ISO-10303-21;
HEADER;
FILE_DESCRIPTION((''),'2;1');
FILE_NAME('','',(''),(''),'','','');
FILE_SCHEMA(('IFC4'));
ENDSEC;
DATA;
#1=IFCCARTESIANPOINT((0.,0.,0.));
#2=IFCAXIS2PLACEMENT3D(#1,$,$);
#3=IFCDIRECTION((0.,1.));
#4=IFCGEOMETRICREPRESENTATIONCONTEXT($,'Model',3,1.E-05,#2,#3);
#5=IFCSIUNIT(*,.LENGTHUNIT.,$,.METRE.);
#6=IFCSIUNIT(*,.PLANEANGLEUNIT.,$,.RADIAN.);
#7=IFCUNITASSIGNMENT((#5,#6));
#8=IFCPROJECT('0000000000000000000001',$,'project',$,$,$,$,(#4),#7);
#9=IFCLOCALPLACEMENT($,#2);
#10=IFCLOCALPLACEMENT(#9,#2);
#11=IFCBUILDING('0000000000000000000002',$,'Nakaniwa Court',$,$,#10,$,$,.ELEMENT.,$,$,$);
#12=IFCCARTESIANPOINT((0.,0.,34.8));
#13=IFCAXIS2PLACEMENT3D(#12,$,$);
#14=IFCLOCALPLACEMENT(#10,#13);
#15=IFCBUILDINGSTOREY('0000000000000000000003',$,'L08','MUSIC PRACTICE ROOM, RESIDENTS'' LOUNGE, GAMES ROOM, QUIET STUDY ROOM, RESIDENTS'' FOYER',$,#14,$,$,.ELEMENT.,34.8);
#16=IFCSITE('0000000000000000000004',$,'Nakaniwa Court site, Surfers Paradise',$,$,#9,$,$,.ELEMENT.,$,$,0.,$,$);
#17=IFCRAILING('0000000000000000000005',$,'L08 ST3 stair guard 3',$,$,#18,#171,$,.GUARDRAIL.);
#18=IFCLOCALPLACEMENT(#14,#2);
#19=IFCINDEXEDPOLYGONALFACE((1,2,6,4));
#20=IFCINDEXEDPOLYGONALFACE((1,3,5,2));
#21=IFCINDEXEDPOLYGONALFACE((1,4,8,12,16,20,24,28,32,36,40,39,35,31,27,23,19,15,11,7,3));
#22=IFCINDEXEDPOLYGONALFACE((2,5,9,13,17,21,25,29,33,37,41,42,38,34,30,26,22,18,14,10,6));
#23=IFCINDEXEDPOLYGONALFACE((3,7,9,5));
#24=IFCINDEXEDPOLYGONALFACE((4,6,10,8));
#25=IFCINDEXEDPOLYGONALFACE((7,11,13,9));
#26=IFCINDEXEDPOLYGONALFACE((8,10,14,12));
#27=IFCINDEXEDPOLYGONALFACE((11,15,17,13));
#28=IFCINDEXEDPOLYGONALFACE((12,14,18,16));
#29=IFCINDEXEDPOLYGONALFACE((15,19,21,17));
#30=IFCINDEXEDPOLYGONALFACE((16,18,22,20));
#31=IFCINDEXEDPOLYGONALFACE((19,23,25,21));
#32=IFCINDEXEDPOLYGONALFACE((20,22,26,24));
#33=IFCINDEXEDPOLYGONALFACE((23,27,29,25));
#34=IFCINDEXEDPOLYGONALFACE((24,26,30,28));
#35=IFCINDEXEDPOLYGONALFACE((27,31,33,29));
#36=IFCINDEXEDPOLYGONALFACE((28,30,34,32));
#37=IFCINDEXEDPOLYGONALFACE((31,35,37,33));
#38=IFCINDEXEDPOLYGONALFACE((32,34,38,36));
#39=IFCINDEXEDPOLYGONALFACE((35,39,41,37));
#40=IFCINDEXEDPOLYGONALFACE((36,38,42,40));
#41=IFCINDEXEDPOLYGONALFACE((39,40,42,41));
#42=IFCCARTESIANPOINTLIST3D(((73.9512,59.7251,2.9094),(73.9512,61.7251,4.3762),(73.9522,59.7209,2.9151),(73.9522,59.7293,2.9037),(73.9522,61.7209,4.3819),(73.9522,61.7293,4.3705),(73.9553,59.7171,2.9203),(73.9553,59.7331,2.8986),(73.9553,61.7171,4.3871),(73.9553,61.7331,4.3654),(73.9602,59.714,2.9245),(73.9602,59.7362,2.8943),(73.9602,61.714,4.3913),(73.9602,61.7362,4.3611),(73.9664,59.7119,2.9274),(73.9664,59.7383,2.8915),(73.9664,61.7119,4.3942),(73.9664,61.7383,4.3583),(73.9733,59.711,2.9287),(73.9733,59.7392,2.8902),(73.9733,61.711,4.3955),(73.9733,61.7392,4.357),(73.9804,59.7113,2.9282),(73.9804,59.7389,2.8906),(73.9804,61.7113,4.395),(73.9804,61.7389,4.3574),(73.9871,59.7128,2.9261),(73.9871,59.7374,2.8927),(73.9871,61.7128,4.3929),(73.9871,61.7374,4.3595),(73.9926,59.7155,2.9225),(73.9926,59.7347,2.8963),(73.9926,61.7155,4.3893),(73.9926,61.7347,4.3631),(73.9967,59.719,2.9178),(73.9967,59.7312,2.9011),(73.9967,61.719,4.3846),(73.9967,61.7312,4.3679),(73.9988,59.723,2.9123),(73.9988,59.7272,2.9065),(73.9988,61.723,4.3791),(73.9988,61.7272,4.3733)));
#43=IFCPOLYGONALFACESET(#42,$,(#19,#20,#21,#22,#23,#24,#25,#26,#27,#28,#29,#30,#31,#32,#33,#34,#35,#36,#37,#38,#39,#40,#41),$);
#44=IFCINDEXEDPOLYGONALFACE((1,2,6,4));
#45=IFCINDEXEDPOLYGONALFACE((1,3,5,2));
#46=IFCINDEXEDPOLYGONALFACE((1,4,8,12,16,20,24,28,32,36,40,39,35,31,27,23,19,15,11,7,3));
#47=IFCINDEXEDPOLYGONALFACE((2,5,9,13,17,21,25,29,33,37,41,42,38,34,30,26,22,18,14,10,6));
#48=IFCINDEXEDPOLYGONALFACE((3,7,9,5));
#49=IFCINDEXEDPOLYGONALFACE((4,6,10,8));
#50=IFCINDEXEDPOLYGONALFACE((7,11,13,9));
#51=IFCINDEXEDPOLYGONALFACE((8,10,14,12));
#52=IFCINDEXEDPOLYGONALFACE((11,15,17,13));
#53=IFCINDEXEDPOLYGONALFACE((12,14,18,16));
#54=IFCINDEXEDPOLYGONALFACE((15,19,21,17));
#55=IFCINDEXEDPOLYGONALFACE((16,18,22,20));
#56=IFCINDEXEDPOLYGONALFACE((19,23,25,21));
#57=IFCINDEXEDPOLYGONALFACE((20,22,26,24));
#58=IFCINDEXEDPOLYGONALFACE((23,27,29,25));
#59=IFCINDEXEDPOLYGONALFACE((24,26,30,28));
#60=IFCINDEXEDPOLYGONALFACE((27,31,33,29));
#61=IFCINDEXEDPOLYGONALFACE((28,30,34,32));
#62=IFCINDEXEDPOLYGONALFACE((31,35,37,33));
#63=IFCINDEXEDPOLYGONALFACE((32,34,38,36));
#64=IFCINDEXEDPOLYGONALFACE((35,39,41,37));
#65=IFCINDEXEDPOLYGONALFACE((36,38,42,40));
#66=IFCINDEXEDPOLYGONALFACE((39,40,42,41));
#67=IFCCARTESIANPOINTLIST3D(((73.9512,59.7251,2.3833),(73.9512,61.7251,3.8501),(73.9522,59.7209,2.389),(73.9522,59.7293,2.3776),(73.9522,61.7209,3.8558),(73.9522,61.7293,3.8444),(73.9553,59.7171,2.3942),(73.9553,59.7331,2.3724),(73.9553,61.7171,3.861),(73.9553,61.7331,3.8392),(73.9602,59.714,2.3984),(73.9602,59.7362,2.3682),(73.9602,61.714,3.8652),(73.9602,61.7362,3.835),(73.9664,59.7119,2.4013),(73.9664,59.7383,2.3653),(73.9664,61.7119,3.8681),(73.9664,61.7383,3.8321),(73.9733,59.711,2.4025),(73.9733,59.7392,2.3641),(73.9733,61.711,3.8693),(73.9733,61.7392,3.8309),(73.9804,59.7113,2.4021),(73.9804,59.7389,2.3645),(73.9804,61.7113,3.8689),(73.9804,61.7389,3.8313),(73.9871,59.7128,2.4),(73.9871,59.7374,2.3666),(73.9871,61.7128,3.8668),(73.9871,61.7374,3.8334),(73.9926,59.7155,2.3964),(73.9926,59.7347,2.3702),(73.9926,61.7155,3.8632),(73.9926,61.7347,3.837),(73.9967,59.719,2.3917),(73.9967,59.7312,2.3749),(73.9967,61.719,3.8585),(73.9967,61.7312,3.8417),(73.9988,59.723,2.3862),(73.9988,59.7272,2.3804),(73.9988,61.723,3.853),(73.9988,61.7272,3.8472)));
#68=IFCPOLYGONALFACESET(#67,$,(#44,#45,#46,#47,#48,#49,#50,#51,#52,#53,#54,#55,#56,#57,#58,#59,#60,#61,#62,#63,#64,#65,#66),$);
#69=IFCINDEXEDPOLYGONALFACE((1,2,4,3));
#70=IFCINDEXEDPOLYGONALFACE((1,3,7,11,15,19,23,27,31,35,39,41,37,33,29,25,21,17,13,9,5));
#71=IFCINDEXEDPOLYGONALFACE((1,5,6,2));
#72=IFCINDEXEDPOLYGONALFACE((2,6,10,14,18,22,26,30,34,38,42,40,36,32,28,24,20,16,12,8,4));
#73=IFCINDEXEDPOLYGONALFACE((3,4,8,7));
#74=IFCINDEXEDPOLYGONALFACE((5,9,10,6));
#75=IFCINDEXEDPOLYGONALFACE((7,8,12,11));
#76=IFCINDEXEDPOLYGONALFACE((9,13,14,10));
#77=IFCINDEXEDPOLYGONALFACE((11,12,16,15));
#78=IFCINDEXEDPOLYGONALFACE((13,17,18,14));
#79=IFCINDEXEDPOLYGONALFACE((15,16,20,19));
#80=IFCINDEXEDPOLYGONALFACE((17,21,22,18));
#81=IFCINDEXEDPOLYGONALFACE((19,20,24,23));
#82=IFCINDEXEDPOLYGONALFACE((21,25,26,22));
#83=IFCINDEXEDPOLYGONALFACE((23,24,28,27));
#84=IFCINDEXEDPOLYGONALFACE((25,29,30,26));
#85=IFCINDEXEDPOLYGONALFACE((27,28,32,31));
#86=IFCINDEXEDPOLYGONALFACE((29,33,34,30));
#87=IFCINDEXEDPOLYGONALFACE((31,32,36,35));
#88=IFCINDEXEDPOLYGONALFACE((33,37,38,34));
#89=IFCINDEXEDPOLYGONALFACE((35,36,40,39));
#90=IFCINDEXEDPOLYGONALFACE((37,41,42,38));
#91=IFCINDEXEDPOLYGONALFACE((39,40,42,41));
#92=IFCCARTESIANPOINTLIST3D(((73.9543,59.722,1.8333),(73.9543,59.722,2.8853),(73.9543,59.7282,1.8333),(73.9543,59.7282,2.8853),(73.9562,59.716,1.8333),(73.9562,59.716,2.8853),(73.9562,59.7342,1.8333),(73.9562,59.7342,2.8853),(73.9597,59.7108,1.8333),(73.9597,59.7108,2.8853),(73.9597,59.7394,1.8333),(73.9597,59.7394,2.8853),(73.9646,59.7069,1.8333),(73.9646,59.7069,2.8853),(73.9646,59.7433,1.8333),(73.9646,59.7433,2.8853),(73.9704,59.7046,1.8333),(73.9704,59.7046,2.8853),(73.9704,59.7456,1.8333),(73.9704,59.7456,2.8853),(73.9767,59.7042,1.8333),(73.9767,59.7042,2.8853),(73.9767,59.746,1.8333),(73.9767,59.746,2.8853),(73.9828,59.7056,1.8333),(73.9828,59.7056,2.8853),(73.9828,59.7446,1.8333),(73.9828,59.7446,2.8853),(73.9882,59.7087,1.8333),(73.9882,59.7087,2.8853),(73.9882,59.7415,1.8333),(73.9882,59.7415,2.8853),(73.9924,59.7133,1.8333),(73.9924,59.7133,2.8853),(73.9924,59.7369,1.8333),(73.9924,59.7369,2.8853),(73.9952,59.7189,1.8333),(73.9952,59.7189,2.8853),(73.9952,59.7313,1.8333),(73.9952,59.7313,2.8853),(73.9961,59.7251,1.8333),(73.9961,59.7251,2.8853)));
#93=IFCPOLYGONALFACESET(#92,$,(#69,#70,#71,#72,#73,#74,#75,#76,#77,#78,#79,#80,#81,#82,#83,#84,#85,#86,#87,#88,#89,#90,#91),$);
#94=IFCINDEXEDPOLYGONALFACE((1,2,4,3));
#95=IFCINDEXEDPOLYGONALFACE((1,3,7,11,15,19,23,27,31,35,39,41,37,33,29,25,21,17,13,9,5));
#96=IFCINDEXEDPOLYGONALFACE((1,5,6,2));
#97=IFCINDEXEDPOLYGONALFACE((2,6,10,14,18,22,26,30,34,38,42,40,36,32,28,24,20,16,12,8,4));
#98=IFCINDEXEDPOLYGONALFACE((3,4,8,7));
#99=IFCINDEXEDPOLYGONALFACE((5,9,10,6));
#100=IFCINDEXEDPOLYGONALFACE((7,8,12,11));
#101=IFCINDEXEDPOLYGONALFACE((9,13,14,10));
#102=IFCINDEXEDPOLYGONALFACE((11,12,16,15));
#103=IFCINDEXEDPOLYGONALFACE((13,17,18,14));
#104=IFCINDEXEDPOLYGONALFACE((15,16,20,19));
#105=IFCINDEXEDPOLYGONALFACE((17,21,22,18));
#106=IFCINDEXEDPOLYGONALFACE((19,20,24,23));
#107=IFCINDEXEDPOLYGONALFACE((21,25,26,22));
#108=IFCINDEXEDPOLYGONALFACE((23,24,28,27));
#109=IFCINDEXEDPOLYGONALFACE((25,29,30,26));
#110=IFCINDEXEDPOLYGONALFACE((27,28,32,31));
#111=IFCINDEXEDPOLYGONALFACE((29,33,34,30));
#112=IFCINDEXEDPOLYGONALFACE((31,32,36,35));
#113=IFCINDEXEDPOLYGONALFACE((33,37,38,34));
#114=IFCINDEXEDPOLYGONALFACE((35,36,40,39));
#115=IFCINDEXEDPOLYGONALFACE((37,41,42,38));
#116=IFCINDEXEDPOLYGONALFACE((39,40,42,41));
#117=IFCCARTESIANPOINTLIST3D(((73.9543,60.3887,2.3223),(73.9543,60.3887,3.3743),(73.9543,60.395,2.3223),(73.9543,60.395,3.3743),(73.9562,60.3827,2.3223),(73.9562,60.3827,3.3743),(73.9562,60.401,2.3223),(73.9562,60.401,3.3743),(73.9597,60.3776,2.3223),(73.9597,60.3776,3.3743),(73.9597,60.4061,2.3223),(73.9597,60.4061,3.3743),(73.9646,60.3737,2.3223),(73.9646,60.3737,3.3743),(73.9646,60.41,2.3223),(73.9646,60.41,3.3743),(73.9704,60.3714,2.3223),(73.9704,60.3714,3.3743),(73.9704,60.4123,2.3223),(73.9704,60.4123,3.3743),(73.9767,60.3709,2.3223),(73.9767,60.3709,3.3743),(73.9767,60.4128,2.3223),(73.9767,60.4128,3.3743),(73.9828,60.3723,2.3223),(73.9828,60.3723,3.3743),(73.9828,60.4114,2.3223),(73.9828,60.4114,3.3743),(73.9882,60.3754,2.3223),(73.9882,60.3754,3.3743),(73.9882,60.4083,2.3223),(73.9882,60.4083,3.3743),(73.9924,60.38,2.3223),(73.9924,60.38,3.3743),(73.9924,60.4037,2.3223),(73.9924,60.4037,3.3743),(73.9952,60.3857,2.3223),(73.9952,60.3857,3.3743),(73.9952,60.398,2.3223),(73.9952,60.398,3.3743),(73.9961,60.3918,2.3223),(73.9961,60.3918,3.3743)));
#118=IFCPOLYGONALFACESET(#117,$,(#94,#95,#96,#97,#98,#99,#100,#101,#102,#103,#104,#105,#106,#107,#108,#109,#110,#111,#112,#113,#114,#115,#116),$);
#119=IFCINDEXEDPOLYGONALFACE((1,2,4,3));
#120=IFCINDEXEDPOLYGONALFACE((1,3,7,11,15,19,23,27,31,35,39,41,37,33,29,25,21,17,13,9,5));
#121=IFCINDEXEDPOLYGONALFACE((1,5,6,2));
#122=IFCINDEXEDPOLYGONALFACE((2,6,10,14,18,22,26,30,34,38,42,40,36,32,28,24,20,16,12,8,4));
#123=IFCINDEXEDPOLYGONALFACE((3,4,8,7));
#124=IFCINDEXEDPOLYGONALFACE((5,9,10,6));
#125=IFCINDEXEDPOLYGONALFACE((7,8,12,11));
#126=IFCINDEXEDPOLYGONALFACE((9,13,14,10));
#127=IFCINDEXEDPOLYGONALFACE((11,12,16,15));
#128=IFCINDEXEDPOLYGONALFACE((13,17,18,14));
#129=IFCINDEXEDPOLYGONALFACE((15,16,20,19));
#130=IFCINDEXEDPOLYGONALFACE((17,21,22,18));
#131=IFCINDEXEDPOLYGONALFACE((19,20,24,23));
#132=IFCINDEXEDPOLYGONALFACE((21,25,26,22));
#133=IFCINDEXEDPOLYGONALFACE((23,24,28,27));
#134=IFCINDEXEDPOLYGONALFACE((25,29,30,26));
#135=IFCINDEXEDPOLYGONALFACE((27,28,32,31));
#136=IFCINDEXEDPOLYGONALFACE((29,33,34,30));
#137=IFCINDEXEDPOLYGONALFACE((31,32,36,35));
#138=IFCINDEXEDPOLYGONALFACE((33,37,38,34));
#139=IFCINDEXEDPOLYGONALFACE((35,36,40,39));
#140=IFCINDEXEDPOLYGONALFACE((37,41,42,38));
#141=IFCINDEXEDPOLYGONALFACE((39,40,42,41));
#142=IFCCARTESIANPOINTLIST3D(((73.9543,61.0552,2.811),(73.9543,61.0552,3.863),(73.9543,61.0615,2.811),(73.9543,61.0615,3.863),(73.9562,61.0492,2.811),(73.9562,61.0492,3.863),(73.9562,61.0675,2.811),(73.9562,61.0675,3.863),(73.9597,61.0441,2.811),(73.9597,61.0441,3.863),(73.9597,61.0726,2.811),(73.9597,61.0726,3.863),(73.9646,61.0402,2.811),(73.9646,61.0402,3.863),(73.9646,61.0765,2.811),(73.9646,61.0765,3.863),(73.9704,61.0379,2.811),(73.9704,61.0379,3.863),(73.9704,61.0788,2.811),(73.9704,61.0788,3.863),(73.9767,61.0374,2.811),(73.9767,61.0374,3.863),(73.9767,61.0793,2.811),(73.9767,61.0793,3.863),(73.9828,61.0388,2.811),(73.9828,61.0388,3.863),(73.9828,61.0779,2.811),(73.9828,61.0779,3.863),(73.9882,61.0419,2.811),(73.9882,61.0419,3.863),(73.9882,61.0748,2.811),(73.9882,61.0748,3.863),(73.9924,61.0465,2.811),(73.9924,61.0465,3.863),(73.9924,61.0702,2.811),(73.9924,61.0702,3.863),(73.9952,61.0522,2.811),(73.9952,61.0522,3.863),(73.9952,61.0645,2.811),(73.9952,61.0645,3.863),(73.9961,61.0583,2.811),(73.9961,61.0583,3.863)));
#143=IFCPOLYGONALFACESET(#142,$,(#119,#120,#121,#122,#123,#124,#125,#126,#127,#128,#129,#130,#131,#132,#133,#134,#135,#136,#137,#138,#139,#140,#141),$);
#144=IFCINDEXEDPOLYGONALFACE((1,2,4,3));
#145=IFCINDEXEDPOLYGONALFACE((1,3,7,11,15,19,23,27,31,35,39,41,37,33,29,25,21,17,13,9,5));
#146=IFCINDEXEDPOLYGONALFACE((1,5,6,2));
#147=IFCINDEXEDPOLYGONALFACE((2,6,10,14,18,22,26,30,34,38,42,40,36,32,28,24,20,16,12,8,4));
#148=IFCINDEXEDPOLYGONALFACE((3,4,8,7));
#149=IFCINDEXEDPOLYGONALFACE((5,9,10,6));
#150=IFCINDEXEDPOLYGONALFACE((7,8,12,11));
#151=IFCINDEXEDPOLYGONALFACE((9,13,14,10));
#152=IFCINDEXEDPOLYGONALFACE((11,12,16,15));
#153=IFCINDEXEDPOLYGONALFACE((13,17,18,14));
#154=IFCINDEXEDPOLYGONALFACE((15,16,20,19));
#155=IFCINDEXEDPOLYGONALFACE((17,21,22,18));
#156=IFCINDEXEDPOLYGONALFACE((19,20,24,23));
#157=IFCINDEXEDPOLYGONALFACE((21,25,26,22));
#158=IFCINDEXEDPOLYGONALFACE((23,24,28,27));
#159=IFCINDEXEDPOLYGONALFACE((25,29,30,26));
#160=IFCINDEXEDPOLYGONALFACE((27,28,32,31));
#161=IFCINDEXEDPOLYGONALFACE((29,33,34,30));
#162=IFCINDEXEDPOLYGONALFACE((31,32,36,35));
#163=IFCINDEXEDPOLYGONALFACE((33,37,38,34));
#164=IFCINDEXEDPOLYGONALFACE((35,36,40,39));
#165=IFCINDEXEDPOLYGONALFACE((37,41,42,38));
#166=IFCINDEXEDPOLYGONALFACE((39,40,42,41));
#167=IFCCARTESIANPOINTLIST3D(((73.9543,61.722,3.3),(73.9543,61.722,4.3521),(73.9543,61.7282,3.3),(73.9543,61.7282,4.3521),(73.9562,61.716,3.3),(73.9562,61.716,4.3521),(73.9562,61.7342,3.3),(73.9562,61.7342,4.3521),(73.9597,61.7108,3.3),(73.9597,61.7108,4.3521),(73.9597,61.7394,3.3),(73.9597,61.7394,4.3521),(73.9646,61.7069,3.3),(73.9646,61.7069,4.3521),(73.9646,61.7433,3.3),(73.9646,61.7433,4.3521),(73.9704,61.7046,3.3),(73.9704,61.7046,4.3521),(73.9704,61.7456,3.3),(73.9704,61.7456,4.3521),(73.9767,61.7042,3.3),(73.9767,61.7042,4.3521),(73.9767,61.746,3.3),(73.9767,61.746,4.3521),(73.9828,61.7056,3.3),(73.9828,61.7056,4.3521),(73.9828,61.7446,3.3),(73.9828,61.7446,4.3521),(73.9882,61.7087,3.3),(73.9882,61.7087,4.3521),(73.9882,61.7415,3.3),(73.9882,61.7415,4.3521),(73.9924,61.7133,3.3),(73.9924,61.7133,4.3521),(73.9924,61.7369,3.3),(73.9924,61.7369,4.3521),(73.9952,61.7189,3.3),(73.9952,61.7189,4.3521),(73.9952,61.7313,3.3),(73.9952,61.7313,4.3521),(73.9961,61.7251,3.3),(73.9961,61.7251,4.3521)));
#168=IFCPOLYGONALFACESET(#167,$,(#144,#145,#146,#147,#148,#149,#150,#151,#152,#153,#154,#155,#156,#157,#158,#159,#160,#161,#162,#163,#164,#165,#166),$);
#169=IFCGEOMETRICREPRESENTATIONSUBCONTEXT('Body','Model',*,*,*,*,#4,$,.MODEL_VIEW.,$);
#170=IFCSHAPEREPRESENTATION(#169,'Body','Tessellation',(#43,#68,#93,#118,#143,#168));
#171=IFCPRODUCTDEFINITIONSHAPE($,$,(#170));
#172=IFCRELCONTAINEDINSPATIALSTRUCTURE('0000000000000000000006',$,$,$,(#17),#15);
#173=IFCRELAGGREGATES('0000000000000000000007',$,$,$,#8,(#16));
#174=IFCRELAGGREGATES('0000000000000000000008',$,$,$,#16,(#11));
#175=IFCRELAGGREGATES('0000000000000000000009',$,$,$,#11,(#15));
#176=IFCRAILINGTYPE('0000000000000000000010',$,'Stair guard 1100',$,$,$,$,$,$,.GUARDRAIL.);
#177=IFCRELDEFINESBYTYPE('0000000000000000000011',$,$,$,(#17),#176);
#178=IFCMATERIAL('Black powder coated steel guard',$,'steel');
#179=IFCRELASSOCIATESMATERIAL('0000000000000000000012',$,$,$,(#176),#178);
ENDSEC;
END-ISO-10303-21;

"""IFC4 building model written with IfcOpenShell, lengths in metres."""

from ifc_helpers import new_model, si_unit, direction, frame, origin, origin_2d, place, context, subcontext, project, spatial, circle, extrude, material, type_object, element, save


model = new_model("IFC4")

# Units and contexts
model_context = context("Model", 3, precision=1e-05, world=origin(), true_north=direction((0.0, 1.0)))
body_context = subcontext(model_context, "Body", "Model", "MODEL_VIEW")
ifc_project = project(units=[si_unit("LENGTHUNIT", "METRE"), si_unit("PLANEANGLEUNIT", "RADIAN")], contexts=[model_context])

# Site, building, storey
site_placement = place(None, origin())
site = spatial("IfcSite", under=ifc_project, at=site_placement, Name="Nakaniwa Court site, Surfers Paradise", CompositionType="ELEMENT", RefElevation=0.0)
building_placement = place(site_placement, origin())
building = spatial("IfcBuilding", under=site, at=building_placement, Name="Nakaniwa Court", CompositionType="ELEMENT")
storey_placement = place(building_placement, frame((0.0, 0.0, 34.8)))
storey = spatial("IfcBuildingStorey", under=building, at=storey_placement, Name="L08", Description="MUSIC PRACTICE ROOM, RESIDENTS' LOUNGE, GAMES ROOM, QUIET STUDY ROOM, RESIDENTS' FOYER", CompositionType="ELEMENT", Elevation=34.8)

# Railing
ifc_material_1 = material(Name="Black powder coated steel guard", Category="steel")
railing_type_1 = type_object("IfcRailingType", Name="Stair guard 1100", PredefinedType="GUARDRAIL", material=ifc_material_1)
railing_1_placement = place(storey_placement, frame((73.9751, 59.7251, 1.8333)))
element("IfcRailing", 1, at=railing_1_placement, inside=storey, type_object=railing_type_1, Name="L08 ST3 stair guard 3", PredefinedType="GUARDRAIL", context=body_context, shape_type="SweptSolid", body=[
    extrude(circle(Radius=0.0239, at=origin_2d()), frame((0.0, 0.0, 1.0762), z_axis=(0.0, 0.80638, 0.591398), x_axis=(-1.0, 0.0, 0.0)), (0.0, 0.0, 1.0), 2.4802),
    extrude(circle(Radius=0.0239, at=origin_2d()), frame((0.0, 0.0, 0.55), z_axis=(0.0, 0.80638, 0.591398), x_axis=(-1.0, 0.0, 0.0)), (0.0, 0.0, 1.0), 2.4802),
    extrude(circle(Radius=0.021, at=origin_2d()), origin(), (0.0, 0.0, 1.0), 1.052),
    extrude(circle(Radius=0.021, at=origin_2d()), frame((0.0, 0.6667, 0.489)), (0.0, 0.0, 1.0), 1.052),
    extrude(circle(Radius=0.021, at=origin_2d()), frame((0.0, 1.3333, 0.9778)), (0.0, 0.0, 1.0), 1.052),
    extrude(circle(Radius=0.021, at=origin_2d()), frame((0.0, 2.0, 1.4668)), (0.0, 0.0, 1.0), 1.052),
])

save(model, "model.ifc")
